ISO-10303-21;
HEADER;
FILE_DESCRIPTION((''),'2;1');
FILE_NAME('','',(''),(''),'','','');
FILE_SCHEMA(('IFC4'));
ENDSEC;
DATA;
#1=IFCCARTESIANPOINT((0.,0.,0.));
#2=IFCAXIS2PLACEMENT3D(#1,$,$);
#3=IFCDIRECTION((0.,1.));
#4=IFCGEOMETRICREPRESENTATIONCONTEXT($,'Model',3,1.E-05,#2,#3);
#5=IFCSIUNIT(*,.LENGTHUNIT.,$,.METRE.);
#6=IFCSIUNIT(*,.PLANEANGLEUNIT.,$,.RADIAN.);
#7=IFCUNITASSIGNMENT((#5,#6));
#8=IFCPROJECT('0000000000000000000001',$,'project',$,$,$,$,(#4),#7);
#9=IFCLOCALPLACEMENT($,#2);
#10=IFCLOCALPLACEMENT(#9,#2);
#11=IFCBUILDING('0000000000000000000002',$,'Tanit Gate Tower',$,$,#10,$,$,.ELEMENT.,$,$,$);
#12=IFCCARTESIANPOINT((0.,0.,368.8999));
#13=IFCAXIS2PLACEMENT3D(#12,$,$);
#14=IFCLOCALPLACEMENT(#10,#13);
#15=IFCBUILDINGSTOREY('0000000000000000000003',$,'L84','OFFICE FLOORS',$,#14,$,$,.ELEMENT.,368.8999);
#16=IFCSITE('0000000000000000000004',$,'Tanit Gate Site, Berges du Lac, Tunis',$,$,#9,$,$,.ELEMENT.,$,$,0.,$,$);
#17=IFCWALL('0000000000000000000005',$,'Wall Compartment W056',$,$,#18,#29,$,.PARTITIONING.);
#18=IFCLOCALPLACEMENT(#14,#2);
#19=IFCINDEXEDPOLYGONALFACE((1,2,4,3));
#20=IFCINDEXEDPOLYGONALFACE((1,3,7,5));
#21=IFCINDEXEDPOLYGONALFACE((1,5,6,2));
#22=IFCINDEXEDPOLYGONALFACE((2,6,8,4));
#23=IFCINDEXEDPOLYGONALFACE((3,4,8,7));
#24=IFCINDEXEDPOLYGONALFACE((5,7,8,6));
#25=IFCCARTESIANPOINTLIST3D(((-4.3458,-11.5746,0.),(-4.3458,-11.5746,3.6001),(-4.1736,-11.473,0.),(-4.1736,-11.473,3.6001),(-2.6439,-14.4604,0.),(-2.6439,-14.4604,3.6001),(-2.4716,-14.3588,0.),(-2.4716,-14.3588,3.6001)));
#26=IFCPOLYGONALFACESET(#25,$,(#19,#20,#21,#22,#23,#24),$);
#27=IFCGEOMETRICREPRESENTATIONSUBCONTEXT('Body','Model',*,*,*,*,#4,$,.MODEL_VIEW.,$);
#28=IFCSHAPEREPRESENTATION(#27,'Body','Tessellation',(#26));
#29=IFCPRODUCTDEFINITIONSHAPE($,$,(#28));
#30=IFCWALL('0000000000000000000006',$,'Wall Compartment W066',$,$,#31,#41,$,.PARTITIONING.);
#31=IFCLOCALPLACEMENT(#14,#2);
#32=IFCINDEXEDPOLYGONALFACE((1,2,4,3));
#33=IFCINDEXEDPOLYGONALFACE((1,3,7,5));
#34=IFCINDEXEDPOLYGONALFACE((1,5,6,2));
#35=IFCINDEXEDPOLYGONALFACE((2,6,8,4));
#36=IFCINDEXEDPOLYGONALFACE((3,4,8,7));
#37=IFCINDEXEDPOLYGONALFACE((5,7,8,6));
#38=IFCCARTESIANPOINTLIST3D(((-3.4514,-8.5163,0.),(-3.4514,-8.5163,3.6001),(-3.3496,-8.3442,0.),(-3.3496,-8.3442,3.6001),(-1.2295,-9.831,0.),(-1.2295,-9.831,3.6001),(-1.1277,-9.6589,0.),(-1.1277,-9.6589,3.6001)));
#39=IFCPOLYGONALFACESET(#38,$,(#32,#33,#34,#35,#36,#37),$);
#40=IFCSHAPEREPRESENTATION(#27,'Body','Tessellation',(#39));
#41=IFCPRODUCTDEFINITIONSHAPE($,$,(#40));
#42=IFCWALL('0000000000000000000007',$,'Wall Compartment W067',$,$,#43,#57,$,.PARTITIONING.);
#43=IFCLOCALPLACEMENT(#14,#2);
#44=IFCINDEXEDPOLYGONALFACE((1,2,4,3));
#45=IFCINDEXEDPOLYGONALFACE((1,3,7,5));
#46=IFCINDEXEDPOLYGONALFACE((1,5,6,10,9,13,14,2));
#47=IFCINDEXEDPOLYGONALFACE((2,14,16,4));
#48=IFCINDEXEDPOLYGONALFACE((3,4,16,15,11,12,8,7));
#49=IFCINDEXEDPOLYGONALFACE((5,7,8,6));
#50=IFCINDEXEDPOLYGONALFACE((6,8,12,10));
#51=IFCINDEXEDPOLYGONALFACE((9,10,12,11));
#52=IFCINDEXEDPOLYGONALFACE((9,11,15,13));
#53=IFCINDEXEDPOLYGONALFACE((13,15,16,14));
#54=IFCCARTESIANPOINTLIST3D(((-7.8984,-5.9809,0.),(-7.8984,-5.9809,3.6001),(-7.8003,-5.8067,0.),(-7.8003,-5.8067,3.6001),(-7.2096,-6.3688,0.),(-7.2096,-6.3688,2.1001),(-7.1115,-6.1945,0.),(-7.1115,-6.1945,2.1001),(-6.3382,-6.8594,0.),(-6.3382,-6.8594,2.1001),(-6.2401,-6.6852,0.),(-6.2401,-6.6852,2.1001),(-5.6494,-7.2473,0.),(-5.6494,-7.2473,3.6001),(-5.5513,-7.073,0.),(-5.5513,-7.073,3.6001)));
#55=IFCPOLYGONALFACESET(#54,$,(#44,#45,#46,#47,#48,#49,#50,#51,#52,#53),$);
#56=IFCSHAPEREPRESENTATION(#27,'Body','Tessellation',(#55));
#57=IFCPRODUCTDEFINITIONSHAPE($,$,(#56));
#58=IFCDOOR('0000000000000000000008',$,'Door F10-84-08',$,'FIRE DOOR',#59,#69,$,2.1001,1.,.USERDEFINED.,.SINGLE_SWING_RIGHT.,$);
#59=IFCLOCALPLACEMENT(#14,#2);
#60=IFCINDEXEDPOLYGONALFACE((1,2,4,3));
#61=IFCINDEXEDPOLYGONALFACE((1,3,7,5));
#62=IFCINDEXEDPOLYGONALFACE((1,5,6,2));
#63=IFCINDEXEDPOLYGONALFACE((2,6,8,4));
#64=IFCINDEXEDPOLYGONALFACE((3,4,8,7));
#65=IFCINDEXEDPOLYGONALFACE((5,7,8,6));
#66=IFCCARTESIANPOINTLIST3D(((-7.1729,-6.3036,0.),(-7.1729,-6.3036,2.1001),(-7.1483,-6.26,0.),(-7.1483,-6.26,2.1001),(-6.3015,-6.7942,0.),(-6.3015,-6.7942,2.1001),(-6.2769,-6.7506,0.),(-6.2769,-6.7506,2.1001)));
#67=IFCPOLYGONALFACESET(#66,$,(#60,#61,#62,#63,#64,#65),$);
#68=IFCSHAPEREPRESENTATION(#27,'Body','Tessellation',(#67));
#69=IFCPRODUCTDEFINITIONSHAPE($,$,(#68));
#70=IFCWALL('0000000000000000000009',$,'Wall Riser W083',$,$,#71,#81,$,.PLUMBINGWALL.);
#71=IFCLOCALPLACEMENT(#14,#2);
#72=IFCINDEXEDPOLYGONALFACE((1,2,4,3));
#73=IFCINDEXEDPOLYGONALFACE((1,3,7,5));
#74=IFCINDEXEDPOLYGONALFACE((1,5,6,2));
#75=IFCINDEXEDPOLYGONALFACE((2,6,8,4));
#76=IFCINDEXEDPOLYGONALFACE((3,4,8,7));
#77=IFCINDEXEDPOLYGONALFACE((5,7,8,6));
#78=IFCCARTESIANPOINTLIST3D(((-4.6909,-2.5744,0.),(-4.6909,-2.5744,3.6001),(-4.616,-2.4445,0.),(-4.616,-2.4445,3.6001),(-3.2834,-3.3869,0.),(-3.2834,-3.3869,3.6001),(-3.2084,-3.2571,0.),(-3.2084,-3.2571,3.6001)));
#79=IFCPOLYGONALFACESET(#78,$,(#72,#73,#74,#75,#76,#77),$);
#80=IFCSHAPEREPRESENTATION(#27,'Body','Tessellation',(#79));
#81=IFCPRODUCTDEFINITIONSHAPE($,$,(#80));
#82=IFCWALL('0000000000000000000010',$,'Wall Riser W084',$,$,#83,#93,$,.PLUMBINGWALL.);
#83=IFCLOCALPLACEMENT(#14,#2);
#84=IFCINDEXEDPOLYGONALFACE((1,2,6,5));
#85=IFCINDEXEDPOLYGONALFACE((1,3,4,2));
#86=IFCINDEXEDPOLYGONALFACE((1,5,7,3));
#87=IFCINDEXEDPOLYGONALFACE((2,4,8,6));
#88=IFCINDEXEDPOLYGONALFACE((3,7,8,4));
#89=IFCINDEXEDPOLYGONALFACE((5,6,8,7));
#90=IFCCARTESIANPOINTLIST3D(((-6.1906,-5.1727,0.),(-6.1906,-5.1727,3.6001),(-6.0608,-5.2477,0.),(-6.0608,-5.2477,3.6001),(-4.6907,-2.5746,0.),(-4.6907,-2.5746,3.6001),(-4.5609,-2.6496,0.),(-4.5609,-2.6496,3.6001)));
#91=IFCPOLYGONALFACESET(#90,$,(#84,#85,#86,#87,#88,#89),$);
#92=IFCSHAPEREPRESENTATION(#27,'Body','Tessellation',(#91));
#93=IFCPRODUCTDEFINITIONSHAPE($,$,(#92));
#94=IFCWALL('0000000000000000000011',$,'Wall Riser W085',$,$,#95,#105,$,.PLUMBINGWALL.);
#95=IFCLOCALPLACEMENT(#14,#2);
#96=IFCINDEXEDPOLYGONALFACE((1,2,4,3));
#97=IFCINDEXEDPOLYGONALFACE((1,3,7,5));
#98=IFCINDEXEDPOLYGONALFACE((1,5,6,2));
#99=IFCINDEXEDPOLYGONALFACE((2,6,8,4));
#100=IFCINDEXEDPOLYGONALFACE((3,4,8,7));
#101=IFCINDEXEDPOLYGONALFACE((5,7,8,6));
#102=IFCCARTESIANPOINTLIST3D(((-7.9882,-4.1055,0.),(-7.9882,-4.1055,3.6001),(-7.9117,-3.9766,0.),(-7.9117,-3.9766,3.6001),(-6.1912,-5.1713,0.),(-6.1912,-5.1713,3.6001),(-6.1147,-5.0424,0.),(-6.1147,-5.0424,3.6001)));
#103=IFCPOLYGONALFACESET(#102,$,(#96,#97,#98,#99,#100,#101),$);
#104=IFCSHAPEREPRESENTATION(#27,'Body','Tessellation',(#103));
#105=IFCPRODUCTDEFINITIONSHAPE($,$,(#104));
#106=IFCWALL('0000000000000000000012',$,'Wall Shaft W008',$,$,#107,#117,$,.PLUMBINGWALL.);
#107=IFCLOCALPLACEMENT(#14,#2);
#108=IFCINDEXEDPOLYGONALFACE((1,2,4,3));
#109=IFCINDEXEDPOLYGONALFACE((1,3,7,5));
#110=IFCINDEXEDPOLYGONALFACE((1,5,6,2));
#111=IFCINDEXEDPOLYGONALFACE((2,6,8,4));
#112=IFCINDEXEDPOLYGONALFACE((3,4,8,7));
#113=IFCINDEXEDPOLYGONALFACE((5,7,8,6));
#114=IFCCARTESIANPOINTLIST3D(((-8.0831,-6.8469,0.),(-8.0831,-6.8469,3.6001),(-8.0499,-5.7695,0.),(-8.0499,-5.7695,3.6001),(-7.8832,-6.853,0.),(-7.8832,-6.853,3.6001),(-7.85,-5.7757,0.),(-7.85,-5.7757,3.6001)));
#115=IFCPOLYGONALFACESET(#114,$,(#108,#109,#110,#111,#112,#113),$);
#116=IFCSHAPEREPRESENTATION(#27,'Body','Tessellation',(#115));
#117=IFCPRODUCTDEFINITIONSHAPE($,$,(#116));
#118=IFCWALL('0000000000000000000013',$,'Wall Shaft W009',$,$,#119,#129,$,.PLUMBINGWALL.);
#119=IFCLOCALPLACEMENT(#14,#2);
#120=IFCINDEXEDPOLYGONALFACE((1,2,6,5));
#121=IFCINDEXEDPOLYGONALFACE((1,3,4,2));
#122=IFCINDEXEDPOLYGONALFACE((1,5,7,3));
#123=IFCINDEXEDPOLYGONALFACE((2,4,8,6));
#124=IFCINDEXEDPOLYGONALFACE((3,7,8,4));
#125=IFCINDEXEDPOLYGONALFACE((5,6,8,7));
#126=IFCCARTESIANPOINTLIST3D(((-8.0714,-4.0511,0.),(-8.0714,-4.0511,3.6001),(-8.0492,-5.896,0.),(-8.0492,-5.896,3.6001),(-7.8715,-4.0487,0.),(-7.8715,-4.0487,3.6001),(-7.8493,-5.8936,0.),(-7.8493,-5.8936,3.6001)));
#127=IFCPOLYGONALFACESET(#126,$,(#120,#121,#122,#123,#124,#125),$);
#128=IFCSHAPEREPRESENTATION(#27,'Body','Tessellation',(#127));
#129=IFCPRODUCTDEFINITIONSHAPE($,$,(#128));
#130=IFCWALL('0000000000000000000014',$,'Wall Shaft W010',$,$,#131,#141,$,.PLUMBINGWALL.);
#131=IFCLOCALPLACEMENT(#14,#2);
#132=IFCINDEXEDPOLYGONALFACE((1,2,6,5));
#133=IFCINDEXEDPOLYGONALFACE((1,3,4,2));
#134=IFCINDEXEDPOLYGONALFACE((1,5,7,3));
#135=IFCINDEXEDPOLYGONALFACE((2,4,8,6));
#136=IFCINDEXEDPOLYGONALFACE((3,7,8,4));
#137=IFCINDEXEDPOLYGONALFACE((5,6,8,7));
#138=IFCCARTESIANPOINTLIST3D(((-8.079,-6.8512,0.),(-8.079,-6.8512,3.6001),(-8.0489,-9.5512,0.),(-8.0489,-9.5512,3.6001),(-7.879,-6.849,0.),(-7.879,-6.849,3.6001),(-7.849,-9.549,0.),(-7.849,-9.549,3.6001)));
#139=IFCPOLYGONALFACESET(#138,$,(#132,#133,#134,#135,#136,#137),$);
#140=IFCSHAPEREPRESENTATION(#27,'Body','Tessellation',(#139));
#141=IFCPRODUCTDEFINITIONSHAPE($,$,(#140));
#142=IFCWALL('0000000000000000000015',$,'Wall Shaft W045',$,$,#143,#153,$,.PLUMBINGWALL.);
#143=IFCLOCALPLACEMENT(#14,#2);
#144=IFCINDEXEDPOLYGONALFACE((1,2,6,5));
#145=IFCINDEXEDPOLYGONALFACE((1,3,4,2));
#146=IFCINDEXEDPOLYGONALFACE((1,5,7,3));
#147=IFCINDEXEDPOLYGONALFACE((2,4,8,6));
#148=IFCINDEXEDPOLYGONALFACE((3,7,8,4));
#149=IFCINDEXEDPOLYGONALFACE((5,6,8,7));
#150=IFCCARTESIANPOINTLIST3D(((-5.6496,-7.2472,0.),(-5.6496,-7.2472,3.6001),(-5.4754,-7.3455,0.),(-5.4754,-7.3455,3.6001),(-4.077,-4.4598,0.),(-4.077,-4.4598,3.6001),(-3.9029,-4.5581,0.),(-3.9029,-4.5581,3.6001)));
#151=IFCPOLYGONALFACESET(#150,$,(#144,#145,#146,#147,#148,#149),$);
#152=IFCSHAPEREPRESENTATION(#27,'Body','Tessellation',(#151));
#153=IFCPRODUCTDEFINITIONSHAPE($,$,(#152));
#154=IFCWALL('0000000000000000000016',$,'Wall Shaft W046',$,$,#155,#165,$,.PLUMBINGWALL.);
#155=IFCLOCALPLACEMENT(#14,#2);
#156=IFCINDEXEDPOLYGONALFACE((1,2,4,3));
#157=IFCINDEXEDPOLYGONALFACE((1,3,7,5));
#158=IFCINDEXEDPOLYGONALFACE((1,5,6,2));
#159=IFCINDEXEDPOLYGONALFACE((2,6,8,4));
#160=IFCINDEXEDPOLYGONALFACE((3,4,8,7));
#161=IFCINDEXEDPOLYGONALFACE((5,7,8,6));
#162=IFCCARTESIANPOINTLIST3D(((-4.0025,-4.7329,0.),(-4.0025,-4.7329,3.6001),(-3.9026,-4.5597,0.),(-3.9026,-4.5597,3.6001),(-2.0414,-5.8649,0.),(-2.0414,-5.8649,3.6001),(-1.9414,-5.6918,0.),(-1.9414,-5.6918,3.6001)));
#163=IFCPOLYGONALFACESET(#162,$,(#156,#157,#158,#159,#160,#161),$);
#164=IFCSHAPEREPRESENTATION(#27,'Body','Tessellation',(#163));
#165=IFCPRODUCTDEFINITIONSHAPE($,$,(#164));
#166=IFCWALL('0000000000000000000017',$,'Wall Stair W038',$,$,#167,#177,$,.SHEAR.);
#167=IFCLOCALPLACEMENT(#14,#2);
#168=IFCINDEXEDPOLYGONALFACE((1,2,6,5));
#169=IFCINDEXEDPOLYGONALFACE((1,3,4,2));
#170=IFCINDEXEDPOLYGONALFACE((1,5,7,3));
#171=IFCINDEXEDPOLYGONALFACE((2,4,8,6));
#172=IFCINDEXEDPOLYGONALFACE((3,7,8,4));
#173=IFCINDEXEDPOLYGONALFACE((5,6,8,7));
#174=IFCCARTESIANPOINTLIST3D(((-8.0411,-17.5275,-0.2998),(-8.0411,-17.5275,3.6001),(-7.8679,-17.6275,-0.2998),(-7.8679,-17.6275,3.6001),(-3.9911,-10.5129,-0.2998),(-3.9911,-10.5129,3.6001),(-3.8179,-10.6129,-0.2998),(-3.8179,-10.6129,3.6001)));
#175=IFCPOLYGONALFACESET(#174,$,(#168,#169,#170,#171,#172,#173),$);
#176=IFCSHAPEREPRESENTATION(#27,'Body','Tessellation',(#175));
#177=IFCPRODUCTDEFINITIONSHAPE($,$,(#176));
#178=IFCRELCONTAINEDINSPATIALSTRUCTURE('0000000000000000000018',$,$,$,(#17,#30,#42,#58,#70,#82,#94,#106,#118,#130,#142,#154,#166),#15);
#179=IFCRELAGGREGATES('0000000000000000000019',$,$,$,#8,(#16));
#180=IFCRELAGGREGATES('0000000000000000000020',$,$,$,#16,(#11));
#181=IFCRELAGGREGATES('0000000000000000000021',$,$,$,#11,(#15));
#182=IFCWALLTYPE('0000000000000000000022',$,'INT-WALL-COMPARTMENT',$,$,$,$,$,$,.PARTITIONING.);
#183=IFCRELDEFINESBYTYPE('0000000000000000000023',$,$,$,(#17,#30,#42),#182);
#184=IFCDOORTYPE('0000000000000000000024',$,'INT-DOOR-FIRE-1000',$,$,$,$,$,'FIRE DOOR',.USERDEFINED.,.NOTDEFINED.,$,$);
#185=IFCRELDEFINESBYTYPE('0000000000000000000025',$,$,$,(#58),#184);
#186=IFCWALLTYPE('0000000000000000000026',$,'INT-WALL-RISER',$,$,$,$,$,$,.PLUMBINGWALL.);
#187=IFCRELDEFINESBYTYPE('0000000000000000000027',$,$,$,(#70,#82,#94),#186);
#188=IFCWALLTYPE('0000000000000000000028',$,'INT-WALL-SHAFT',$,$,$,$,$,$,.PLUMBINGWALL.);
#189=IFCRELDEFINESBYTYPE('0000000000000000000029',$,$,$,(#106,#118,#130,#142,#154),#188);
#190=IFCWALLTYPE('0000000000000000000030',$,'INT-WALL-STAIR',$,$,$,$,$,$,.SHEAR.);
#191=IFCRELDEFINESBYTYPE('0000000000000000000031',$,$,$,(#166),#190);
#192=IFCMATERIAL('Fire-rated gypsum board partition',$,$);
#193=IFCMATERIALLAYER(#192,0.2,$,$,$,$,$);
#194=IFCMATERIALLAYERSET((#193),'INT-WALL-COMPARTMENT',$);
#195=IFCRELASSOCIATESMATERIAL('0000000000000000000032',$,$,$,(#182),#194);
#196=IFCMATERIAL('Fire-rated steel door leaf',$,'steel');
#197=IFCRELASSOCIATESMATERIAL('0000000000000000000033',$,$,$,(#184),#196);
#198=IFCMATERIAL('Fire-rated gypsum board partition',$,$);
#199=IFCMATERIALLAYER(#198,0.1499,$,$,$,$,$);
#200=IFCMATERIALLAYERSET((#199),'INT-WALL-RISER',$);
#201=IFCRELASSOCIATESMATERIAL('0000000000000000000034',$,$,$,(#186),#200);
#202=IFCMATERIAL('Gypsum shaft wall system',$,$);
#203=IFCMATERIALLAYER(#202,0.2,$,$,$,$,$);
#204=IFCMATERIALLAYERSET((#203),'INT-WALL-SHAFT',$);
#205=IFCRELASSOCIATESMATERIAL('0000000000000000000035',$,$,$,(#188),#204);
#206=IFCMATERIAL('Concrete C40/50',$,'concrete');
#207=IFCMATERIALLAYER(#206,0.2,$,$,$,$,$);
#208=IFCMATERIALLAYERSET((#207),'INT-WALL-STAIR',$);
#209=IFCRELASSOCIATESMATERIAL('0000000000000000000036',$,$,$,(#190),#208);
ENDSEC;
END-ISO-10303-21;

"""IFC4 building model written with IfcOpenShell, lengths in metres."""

from ifc_helpers import new_model, si_unit, direction, frame, frame_2d, origin, place, context, subcontext, project, spatial, rectangle, extrude, material, layer, layer_set, type_object, element, fill, save


model = new_model("IFC4")

# Units and contexts
model_context = context("Model", 3, precision=1e-05, world=origin(), true_north=direction((0.0, 1.0)))
body_context = subcontext(model_context, "Body", "Model", "MODEL_VIEW")
ifc_project = project(units=[si_unit("LENGTHUNIT", "METRE"), si_unit("PLANEANGLEUNIT", "RADIAN")], contexts=[model_context])

# Site, building, storey
site_placement = place(None, origin())
site = spatial("IfcSite", under=ifc_project, at=site_placement, Name="Tanit Gate Site, Berges du Lac, Tunis", CompositionType="ELEMENT", RefElevation=0.0)
building_placement = place(site_placement, origin())
building = spatial("IfcBuilding", under=site, at=building_placement, Name="Tanit Gate Tower", CompositionType="ELEMENT")
storey_placement = place(building_placement, frame((0.0, 0.0, 368.8999)))
storey = spatial("IfcBuildingStorey", under=building, at=storey_placement, Name="L84", Description="OFFICE FLOORS", CompositionType="ELEMENT", Elevation=368.8999)

# Walls
ifc_material_1 = material(Name="Fire-rated gypsum board partition")
ifc_layer_1 = layer(ifc_material_1, 0.2)
ifc_layer_set_1 = layer_set([ifc_layer_1], Name="INT-WALL-COMPARTMENT")
wall_type_1 = type_object("IfcWallType", Name="INT-WALL-COMPARTMENT", PredefinedType="PARTITIONING", material=ifc_layer_set_1)
wall_1_placement = place(storey_placement, frame((-4.2598, -11.5237, 0.0), z_axis=(0.0, 0.0, 1.0), x_axis=(0.507997, -0.861359, 0.0)))
element("IfcWall", 1, at=wall_1_placement, inside=storey, type_object=wall_type_1, Name="Wall Compartment W056", PredefinedType="PARTITIONING", context=body_context, shape_type="SweptSolid", body=[
    extrude(rectangle(XDim=3.3503, YDim=0.2, at=frame_2d((1.6753, 0.0))), origin(), (0.0, 0.0, 1.0), 3.6001),
])
wall_2_placement = place(storey_placement, frame((-3.4006, -8.4302, 0.0), z_axis=(0.0, 0.0, 1.0), x_axis=(0.860631, -0.509229, 0.0)))
element("IfcWall", 2, at=wall_2_placement, inside=storey, type_object=wall_type_1, Name="Wall Compartment W066", PredefinedType="PARTITIONING", context=body_context, shape_type="SweptSolid", body=[
    extrude(rectangle(XDim=2.5818, YDim=0.2, at=frame_2d((1.291, 0.0))), origin(), (0.0, 0.0, 1.0), 3.6001),
])

# Wall, opening, door
wall_3_placement = place(storey_placement, frame((-7.8494, -5.8938, 0.0), z_axis=(0.0, 0.0, 1.0), x_axis=(0.871363, -0.490638, 0.0)))
wall_3 = element("IfcWall", 3, at=wall_3_placement, inside=storey, type_object=wall_type_1, Name="Wall Compartment W067", PredefinedType="PARTITIONING", context=body_context, shape_type="SweptSolid", body=[
    extrude(rectangle(XDim=2.5811, YDim=0.2, at=frame_2d((1.2905, 0.0))), origin(), (0.0, 0.0, 1.0), 3.6001),
])
opening_1_placement = place(wall_3_placement, frame((0.7905, 0.0, 0.0)))
opening_1 = element("IfcOpeningElement", 4, at=opening_1_placement, cuts=wall_3, PredefinedType="OPENING", context=body_context, shape_type="SweptSolid", body=[
    extrude(rectangle(XDim=1.0, YDim=2.1001, at=frame_2d((0.5, 1.05))), frame((0.0, 0.1099, 0.0), z_axis=(0.0, -1.0, 0.0), x_axis=(1.0, 0.0, 0.0)), (0.0, 0.0, 1.0), 0.22),
])
ifc_material_2 = material(Name="Fire-rated steel door leaf", Category="steel")
door_type_1 = type_object("IfcDoorType", Name="INT-DOOR-FIRE-1000", ElementType="FIRE DOOR", OperationType="NOTDEFINED", PredefinedType="USERDEFINED", material=ifc_material_2)
door_1_placement = place(opening_1_placement, origin())
door_1 = element("IfcDoor", 5, at=door_1_placement, inside=storey, type_object=door_type_1, Name="Door F10-84-08", ObjectType="FIRE DOOR", OperationType="SINGLE_SWING_RIGHT", OverallHeight=2.1001, OverallWidth=1.0, PredefinedType="USERDEFINED", context=body_context, shape_type="SweptSolid", body=[
    extrude(rectangle(XDim=1.0, YDim=2.1001, at=frame_2d((0.5, 1.05))), frame((0.0, 0.0249, 0.0), z_axis=(0.0, -1.0, 0.0), x_axis=(1.0, 0.0, 0.0)), (0.0, 0.0, 1.0), 0.05),
])
fill(opening_1, door_1)

# Walls
ifc_material_3 = material(Name="Fire-rated gypsum board partition")
ifc_layer_2 = layer(ifc_material_3, 0.1499)
ifc_layer_set_2 = layer_set([ifc_layer_2], Name="INT-WALL-RISER")
wall_type_2 = type_object("IfcWallType", Name="INT-WALL-RISER", PredefinedType="PLUMBINGWALL", material=ifc_layer_set_2)
wall_4_placement = place(storey_placement, frame((-4.6533, -2.5095, 0.0), z_axis=(0.0, 0.0, 1.0), x_axis=(0.866053, -0.499952, 0.0)))
element("IfcWall", 6, at=wall_4_placement, inside=storey, type_object=wall_type_2, Name="Wall Riser W083", PredefinedType="PLUMBINGWALL", context=body_context, shape_type="SweptSolid", body=[
    extrude(rectangle(XDim=1.6252, YDim=0.1499, at=frame_2d((0.8125, 0.0))), origin(), (0.0, 0.0, 1.0), 3.6001),
])
wall_5_placement = place(storey_placement, frame((-6.1257, -5.2102, 0.0), z_axis=(0.0, 0.0, 1.0), x_axis=(0.49999, 0.866031, 0.0)))
element("IfcWall", 7, at=wall_5_placement, inside=storey, type_object=wall_type_2, Name="Wall Riser W084", PredefinedType="PLUMBINGWALL", context=body_context, shape_type="SweptSolid", body=[
    extrude(rectangle(XDim=3.0, YDim=0.1499, at=frame_2d((1.5, 0.0))), origin(), (0.0, 0.0, 1.0), 3.6001),
])
wall_6_placement = place(storey_placement, frame((-7.95, -4.041, 0.0), z_axis=(0.0, 0.0, 1.0), x_axis=(0.86009, -0.510142, 0.0)))
element("IfcWall", 8, at=wall_6_placement, inside=storey, type_object=wall_type_2, Name="Wall Riser W085", PredefinedType="PLUMBINGWALL", context=body_context, shape_type="SweptSolid", body=[
    extrude(rectangle(XDim=2.0894, YDim=0.1499, at=frame_2d((1.0447, 0.0))), origin(), (0.0, 0.0, 1.0), 3.6001),
])
ifc_material_4 = material(Name="Gypsum shaft wall system")
ifc_layer_3 = layer(ifc_material_4, 0.2)
ifc_layer_set_3 = layer_set([ifc_layer_3], Name="INT-WALL-SHAFT")
wall_type_3 = type_object("IfcWallType", Name="INT-WALL-SHAFT", PredefinedType="PLUMBINGWALL", material=ifc_layer_set_3)
wall_7_placement = place(storey_placement, frame((-7.95, -5.7725, 0.0), z_axis=(0.0, 0.0, 1.0), x_axis=(-0.030803, -0.999525, 0.0)))
element("IfcWall", 9, at=wall_7_placement, inside=storey, type_object=wall_type_3, Name="Wall Shaft W008", PredefinedType="PLUMBINGWALL", context=body_context, shape_type="SweptSolid", body=[
    extrude(rectangle(XDim=1.0779, YDim=0.2, at=frame_2d((0.5391, 0.0))), origin(), (0.0, 0.0, 1.0), 3.6001),
])
wall_8_placement = place(storey_placement, frame((-7.9714, -4.05, 0.0), z_axis=(0.0, 0.0, 1.0), x_axis=(0.012043, -0.999927, 0.0)))
element("IfcWall", 10, at=wall_8_placement, inside=storey, type_object=wall_type_3, Name="Wall Shaft W009", PredefinedType="PLUMBINGWALL", context=body_context, shape_type="SweptSolid", body=[
    extrude(rectangle(XDim=1.845, YDim=0.2, at=frame_2d((0.9224, 0.0))), origin(), (0.0, 0.0, 1.0), 3.6001),
])
wall_9_placement = place(storey_placement, frame((-7.979, -6.8501, 0.0), z_axis=(0.0, 0.0, 1.0), x_axis=(0.011121, -0.999938, 0.0)))
element("IfcWall", 11, at=wall_9_placement, inside=storey, type_object=wall_type_3, Name="Wall Shaft W010", PredefinedType="PLUMBINGWALL", context=body_context, shape_type="SweptSolid", body=[
    extrude(rectangle(XDim=2.7002, YDim=0.2, at=frame_2d((1.3501, 0.0))), origin(), (0.0, 0.0, 1.0), 3.6001),
])

# Walls
wall_10_placement = place(storey_placement, frame((-3.99, -4.509, 0.0), z_axis=(0.0, 0.0, 1.0), x_axis=(-0.491358, -0.870958, 0.0)))
element("IfcWall", 12, at=wall_10_placement, inside=storey, type_object=wall_type_3, Name="Wall Shaft W045", PredefinedType="PLUMBINGWALL", context=body_context, shape_type="SweptSolid", body=[
    extrude(rectangle(XDim=3.2004, YDim=0.2, at=frame_2d((1.6001, 0.0))), origin(), (0.0, 0.0, 1.0), 3.6001),
])
wall_11_placement = place(storey_placement, frame((-3.9526, -4.6462, 0.0), z_axis=(0.0, 0.0, 1.0), x_axis=(0.866065, -0.499931, 0.0)))
element("IfcWall", 13, at=wall_11_placement, inside=storey, type_object=wall_type_3, Name="Wall Shaft W046", PredefinedType="PLUMBINGWALL", context=body_context, shape_type="SweptSolid", body=[
    extrude(rectangle(XDim=2.2644, YDim=0.2, at=frame_2d((1.1323, 0.0))), origin(), (0.0, 0.0, 1.0), 3.6001),
])
ifc_material_5 = material(Name="Concrete C40/50", Category="concrete")
ifc_layer_4 = layer(ifc_material_5, 0.2)
ifc_layer_set_4 = layer_set([ifc_layer_4], Name="INT-WALL-STAIR")
wall_type_4 = type_object("IfcWallType", Name="INT-WALL-STAIR", PredefinedType="SHEAR", material=ifc_layer_set_4)
wall_12_placement = place(storey_placement, frame((-3.9045, -10.563, -0.2998), z_axis=(0.0, 0.0, 1.0), x_axis=(-0.500013, -0.866018, 0.0)))
element("IfcWall", 14, at=wall_12_placement, inside=storey, type_object=wall_type_4, Name="Wall Stair W038", PredefinedType="SHEAR", context=body_context, shape_type="SweptSolid", body=[
    extrude(rectangle(XDim=8.0999, YDim=0.2, at=frame_2d((4.0498, 0.0))), origin(), (0.0, 0.0, 1.0), 3.8999),
])

save(model, "model.ifc")
